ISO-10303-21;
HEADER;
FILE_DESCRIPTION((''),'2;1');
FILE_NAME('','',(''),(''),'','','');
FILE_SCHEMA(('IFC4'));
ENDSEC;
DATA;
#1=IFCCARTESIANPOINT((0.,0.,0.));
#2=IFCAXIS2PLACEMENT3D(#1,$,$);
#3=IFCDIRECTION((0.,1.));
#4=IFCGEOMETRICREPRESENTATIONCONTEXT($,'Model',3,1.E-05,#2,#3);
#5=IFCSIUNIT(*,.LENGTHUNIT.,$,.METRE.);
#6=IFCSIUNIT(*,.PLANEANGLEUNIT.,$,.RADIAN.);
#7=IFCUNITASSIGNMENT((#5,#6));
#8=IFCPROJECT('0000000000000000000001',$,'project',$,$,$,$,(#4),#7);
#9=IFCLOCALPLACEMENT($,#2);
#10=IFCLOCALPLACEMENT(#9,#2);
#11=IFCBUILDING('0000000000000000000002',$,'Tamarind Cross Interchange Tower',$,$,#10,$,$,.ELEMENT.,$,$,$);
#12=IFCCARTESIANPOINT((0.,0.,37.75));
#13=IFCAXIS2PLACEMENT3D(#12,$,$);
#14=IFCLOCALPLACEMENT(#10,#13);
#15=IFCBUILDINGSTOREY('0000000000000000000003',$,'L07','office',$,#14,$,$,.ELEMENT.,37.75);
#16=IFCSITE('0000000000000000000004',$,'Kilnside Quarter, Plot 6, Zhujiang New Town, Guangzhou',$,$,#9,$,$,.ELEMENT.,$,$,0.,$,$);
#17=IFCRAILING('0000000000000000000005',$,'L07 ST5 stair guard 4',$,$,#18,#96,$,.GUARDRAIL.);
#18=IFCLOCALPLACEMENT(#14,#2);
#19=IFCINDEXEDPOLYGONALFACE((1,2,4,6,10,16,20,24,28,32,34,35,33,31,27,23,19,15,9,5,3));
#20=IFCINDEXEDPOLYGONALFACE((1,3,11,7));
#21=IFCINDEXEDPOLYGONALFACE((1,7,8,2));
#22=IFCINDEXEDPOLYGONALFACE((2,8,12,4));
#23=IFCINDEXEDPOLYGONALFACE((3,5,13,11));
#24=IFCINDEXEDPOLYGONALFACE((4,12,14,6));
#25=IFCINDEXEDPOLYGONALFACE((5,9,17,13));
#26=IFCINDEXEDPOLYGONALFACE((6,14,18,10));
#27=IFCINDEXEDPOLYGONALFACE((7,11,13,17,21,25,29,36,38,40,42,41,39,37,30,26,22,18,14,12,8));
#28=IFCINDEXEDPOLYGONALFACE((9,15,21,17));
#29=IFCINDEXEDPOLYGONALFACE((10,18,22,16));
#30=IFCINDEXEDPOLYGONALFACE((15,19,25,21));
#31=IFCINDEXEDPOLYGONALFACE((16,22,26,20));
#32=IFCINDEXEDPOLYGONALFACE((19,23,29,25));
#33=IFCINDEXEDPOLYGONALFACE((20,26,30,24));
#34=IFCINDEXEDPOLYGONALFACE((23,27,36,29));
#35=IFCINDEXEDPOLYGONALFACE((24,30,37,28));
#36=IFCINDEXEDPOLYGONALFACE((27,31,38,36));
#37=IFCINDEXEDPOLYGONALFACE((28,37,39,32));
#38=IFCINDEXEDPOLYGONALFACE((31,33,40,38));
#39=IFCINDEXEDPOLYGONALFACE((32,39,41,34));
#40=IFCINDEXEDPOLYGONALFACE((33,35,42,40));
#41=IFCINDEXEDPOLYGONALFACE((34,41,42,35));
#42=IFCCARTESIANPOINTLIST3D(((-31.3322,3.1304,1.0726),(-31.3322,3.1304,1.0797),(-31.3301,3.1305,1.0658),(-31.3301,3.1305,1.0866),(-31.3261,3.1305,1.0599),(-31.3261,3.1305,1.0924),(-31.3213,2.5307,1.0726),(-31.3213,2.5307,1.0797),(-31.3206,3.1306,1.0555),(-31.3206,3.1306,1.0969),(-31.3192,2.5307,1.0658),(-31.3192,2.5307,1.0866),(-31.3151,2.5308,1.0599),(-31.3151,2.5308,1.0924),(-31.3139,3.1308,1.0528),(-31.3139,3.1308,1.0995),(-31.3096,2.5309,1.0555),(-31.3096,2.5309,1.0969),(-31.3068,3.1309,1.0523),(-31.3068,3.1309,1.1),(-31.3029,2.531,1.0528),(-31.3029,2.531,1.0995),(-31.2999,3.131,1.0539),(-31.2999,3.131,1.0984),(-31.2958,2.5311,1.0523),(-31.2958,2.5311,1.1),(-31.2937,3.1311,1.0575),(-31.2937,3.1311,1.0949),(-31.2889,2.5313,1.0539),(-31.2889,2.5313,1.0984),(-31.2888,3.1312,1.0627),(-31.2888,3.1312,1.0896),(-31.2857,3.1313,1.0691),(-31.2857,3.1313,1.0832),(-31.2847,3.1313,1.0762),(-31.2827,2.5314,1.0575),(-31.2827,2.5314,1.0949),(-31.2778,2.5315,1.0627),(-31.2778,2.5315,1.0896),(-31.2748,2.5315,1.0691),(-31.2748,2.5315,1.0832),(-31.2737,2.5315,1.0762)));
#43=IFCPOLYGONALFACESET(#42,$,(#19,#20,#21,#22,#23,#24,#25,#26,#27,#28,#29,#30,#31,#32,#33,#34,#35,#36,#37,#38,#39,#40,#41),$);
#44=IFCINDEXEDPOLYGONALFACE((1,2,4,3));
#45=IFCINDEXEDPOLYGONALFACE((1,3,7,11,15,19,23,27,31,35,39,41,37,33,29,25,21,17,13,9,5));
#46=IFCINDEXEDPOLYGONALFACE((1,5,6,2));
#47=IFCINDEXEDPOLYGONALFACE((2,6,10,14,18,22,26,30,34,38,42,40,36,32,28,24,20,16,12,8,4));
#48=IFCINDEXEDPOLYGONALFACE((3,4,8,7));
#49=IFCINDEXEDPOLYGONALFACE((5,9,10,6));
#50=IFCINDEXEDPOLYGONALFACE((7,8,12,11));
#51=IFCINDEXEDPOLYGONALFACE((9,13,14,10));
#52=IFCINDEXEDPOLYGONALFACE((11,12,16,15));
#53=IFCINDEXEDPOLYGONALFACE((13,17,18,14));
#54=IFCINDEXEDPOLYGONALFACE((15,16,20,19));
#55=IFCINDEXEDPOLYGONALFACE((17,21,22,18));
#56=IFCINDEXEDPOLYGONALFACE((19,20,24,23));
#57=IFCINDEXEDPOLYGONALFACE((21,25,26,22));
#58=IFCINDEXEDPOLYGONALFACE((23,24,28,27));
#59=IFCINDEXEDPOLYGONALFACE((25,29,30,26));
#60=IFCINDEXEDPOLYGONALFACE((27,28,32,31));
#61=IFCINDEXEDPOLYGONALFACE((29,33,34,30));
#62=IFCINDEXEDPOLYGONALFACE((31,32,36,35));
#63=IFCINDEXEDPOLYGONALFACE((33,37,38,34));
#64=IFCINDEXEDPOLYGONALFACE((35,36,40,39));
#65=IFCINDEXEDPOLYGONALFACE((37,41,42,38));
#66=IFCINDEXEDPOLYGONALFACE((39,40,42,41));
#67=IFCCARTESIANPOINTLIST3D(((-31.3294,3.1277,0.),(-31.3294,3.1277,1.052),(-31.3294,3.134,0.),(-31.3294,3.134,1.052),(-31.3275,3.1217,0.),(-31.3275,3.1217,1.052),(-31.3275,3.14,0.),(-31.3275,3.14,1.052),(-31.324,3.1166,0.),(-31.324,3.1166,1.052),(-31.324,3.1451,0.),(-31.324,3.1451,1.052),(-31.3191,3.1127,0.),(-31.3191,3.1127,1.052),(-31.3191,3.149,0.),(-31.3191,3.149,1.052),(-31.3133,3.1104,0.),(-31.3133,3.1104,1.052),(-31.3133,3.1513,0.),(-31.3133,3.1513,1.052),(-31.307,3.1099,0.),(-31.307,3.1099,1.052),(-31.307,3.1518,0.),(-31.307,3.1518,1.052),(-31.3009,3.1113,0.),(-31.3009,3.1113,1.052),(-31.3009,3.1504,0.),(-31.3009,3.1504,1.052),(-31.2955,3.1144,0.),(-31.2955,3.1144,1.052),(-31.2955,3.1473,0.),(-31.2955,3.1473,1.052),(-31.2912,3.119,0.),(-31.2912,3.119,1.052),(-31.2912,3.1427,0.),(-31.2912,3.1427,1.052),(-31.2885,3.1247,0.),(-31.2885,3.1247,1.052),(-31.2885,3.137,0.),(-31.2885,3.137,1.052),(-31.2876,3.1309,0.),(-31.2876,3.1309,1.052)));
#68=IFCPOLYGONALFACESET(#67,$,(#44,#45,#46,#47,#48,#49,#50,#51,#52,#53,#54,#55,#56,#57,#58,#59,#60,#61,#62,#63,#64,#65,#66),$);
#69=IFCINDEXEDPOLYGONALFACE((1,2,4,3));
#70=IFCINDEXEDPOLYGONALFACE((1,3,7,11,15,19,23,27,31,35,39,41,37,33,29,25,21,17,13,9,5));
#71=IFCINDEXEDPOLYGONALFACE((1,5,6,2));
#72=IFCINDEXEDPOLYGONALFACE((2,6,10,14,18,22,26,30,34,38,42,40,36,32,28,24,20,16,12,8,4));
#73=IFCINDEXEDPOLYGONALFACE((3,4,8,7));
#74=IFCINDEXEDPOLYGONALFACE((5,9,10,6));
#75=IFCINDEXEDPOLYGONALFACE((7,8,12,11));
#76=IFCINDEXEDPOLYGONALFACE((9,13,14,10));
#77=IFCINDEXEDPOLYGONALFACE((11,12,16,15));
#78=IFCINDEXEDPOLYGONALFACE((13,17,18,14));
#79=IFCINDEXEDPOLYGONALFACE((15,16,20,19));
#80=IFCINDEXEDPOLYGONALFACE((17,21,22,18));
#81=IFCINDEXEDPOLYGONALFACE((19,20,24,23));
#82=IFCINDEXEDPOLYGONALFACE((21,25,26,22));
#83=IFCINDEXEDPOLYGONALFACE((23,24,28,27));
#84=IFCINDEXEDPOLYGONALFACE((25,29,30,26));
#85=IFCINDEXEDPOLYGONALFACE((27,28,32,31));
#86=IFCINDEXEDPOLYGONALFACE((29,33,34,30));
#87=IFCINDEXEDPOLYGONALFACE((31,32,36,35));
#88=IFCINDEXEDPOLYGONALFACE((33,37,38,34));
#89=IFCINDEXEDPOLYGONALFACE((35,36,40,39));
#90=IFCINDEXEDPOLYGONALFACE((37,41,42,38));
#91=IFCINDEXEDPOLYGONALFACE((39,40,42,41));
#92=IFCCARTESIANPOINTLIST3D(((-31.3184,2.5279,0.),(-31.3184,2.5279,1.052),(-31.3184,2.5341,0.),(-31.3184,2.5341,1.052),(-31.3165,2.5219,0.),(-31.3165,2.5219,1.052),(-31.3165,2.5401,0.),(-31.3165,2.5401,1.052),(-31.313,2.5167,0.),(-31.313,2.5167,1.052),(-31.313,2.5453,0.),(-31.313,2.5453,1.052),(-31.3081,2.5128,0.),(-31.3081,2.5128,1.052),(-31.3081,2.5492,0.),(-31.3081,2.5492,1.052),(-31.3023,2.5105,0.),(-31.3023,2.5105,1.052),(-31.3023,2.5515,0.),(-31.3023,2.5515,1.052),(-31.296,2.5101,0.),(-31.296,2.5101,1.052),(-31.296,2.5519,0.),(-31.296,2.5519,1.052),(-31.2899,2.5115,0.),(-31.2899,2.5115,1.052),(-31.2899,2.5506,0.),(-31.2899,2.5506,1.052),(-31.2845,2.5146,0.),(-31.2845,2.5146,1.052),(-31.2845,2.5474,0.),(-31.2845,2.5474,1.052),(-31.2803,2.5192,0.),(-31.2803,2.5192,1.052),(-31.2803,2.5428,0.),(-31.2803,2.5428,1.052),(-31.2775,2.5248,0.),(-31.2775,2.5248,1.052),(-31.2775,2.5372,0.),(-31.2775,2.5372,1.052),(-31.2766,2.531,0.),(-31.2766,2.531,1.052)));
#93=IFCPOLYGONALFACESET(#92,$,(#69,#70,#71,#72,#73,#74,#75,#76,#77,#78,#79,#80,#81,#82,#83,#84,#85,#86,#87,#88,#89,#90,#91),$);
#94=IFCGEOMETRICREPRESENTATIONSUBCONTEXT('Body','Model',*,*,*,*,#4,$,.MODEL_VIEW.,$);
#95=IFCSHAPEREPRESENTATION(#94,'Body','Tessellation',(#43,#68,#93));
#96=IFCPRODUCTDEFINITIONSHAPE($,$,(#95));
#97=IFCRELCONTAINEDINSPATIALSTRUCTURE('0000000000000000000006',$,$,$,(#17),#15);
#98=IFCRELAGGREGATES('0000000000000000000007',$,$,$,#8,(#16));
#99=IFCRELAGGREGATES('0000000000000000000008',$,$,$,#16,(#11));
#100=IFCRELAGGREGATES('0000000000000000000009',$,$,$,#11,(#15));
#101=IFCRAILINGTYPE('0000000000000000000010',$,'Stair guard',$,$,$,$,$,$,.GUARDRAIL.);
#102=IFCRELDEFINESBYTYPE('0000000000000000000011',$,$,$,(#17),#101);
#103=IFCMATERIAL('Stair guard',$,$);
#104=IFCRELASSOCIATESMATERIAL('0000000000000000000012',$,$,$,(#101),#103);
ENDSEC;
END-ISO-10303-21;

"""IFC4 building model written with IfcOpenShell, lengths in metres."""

from ifc_helpers import new_model, si_unit, direction, frame, origin, origin_2d, place, context, subcontext, project, spatial, circle, extrude, material, type_object, element, save


model = new_model("IFC4")

# Units and contexts
model_context = context("Model", 3, precision=1e-05, world=origin(), true_north=direction((0.0, 1.0)))
body_context = subcontext(model_context, "Body", "Model", "MODEL_VIEW")
ifc_project = project(units=[si_unit("LENGTHUNIT", "METRE"), si_unit("PLANEANGLEUNIT", "RADIAN")], contexts=[model_context])

# Site, building, storey
site_placement = place(None, origin())
site = spatial("IfcSite", under=ifc_project, at=site_placement, Name="Kilnside Quarter, Plot 6, Zhujiang New Town, Guangzhou", CompositionType="ELEMENT", RefElevation=0.0)
building_placement = place(site_placement, origin())
building = spatial("IfcBuilding", under=site, at=building_placement, Name="Tamarind Cross Interchange Tower", CompositionType="ELEMENT")
storey_placement = place(building_placement, frame((0.0, 0.0, 37.75)))
storey = spatial("IfcBuildingStorey", under=building, at=storey_placement, Name="L07", Description="office", CompositionType="ELEMENT", Elevation=37.75)

# Railing
ifc_material_1 = material(Name="Stair guard")
railing_type_1 = type_object("IfcRailingType", Name="Stair guard", PredefinedType="GUARDRAIL", material=ifc_material_1)
railing_1_placement = place(storey_placement, frame((-31.3086, 3.1309, 0.0)))
element("IfcRailing", 1, at=railing_1_placement, inside=storey, type_object=railing_type_1, Name="L07 ST5 stair guard 4", PredefinedType="GUARDRAIL", context=body_context, shape_type="SweptSolid", body=[
    extrude(circle(Radius=0.0239, at=origin_2d()), frame((0.0, 0.0, 1.0762), z_axis=(0.018312, -0.999832, 0.0), x_axis=(0.999832, 0.018312, 0.0)), (0.0, 0.0, 1.0), 0.5999),
    extrude(circle(Radius=0.021, at=origin_2d()), origin(), (0.0, 0.0, 1.0), 1.052),
    extrude(circle(Radius=0.021, at=origin_2d()), frame((0.011, -0.5999, 0.0)), (0.0, 0.0, 1.0), 1.052),
])

save(model, "model.ifc")
